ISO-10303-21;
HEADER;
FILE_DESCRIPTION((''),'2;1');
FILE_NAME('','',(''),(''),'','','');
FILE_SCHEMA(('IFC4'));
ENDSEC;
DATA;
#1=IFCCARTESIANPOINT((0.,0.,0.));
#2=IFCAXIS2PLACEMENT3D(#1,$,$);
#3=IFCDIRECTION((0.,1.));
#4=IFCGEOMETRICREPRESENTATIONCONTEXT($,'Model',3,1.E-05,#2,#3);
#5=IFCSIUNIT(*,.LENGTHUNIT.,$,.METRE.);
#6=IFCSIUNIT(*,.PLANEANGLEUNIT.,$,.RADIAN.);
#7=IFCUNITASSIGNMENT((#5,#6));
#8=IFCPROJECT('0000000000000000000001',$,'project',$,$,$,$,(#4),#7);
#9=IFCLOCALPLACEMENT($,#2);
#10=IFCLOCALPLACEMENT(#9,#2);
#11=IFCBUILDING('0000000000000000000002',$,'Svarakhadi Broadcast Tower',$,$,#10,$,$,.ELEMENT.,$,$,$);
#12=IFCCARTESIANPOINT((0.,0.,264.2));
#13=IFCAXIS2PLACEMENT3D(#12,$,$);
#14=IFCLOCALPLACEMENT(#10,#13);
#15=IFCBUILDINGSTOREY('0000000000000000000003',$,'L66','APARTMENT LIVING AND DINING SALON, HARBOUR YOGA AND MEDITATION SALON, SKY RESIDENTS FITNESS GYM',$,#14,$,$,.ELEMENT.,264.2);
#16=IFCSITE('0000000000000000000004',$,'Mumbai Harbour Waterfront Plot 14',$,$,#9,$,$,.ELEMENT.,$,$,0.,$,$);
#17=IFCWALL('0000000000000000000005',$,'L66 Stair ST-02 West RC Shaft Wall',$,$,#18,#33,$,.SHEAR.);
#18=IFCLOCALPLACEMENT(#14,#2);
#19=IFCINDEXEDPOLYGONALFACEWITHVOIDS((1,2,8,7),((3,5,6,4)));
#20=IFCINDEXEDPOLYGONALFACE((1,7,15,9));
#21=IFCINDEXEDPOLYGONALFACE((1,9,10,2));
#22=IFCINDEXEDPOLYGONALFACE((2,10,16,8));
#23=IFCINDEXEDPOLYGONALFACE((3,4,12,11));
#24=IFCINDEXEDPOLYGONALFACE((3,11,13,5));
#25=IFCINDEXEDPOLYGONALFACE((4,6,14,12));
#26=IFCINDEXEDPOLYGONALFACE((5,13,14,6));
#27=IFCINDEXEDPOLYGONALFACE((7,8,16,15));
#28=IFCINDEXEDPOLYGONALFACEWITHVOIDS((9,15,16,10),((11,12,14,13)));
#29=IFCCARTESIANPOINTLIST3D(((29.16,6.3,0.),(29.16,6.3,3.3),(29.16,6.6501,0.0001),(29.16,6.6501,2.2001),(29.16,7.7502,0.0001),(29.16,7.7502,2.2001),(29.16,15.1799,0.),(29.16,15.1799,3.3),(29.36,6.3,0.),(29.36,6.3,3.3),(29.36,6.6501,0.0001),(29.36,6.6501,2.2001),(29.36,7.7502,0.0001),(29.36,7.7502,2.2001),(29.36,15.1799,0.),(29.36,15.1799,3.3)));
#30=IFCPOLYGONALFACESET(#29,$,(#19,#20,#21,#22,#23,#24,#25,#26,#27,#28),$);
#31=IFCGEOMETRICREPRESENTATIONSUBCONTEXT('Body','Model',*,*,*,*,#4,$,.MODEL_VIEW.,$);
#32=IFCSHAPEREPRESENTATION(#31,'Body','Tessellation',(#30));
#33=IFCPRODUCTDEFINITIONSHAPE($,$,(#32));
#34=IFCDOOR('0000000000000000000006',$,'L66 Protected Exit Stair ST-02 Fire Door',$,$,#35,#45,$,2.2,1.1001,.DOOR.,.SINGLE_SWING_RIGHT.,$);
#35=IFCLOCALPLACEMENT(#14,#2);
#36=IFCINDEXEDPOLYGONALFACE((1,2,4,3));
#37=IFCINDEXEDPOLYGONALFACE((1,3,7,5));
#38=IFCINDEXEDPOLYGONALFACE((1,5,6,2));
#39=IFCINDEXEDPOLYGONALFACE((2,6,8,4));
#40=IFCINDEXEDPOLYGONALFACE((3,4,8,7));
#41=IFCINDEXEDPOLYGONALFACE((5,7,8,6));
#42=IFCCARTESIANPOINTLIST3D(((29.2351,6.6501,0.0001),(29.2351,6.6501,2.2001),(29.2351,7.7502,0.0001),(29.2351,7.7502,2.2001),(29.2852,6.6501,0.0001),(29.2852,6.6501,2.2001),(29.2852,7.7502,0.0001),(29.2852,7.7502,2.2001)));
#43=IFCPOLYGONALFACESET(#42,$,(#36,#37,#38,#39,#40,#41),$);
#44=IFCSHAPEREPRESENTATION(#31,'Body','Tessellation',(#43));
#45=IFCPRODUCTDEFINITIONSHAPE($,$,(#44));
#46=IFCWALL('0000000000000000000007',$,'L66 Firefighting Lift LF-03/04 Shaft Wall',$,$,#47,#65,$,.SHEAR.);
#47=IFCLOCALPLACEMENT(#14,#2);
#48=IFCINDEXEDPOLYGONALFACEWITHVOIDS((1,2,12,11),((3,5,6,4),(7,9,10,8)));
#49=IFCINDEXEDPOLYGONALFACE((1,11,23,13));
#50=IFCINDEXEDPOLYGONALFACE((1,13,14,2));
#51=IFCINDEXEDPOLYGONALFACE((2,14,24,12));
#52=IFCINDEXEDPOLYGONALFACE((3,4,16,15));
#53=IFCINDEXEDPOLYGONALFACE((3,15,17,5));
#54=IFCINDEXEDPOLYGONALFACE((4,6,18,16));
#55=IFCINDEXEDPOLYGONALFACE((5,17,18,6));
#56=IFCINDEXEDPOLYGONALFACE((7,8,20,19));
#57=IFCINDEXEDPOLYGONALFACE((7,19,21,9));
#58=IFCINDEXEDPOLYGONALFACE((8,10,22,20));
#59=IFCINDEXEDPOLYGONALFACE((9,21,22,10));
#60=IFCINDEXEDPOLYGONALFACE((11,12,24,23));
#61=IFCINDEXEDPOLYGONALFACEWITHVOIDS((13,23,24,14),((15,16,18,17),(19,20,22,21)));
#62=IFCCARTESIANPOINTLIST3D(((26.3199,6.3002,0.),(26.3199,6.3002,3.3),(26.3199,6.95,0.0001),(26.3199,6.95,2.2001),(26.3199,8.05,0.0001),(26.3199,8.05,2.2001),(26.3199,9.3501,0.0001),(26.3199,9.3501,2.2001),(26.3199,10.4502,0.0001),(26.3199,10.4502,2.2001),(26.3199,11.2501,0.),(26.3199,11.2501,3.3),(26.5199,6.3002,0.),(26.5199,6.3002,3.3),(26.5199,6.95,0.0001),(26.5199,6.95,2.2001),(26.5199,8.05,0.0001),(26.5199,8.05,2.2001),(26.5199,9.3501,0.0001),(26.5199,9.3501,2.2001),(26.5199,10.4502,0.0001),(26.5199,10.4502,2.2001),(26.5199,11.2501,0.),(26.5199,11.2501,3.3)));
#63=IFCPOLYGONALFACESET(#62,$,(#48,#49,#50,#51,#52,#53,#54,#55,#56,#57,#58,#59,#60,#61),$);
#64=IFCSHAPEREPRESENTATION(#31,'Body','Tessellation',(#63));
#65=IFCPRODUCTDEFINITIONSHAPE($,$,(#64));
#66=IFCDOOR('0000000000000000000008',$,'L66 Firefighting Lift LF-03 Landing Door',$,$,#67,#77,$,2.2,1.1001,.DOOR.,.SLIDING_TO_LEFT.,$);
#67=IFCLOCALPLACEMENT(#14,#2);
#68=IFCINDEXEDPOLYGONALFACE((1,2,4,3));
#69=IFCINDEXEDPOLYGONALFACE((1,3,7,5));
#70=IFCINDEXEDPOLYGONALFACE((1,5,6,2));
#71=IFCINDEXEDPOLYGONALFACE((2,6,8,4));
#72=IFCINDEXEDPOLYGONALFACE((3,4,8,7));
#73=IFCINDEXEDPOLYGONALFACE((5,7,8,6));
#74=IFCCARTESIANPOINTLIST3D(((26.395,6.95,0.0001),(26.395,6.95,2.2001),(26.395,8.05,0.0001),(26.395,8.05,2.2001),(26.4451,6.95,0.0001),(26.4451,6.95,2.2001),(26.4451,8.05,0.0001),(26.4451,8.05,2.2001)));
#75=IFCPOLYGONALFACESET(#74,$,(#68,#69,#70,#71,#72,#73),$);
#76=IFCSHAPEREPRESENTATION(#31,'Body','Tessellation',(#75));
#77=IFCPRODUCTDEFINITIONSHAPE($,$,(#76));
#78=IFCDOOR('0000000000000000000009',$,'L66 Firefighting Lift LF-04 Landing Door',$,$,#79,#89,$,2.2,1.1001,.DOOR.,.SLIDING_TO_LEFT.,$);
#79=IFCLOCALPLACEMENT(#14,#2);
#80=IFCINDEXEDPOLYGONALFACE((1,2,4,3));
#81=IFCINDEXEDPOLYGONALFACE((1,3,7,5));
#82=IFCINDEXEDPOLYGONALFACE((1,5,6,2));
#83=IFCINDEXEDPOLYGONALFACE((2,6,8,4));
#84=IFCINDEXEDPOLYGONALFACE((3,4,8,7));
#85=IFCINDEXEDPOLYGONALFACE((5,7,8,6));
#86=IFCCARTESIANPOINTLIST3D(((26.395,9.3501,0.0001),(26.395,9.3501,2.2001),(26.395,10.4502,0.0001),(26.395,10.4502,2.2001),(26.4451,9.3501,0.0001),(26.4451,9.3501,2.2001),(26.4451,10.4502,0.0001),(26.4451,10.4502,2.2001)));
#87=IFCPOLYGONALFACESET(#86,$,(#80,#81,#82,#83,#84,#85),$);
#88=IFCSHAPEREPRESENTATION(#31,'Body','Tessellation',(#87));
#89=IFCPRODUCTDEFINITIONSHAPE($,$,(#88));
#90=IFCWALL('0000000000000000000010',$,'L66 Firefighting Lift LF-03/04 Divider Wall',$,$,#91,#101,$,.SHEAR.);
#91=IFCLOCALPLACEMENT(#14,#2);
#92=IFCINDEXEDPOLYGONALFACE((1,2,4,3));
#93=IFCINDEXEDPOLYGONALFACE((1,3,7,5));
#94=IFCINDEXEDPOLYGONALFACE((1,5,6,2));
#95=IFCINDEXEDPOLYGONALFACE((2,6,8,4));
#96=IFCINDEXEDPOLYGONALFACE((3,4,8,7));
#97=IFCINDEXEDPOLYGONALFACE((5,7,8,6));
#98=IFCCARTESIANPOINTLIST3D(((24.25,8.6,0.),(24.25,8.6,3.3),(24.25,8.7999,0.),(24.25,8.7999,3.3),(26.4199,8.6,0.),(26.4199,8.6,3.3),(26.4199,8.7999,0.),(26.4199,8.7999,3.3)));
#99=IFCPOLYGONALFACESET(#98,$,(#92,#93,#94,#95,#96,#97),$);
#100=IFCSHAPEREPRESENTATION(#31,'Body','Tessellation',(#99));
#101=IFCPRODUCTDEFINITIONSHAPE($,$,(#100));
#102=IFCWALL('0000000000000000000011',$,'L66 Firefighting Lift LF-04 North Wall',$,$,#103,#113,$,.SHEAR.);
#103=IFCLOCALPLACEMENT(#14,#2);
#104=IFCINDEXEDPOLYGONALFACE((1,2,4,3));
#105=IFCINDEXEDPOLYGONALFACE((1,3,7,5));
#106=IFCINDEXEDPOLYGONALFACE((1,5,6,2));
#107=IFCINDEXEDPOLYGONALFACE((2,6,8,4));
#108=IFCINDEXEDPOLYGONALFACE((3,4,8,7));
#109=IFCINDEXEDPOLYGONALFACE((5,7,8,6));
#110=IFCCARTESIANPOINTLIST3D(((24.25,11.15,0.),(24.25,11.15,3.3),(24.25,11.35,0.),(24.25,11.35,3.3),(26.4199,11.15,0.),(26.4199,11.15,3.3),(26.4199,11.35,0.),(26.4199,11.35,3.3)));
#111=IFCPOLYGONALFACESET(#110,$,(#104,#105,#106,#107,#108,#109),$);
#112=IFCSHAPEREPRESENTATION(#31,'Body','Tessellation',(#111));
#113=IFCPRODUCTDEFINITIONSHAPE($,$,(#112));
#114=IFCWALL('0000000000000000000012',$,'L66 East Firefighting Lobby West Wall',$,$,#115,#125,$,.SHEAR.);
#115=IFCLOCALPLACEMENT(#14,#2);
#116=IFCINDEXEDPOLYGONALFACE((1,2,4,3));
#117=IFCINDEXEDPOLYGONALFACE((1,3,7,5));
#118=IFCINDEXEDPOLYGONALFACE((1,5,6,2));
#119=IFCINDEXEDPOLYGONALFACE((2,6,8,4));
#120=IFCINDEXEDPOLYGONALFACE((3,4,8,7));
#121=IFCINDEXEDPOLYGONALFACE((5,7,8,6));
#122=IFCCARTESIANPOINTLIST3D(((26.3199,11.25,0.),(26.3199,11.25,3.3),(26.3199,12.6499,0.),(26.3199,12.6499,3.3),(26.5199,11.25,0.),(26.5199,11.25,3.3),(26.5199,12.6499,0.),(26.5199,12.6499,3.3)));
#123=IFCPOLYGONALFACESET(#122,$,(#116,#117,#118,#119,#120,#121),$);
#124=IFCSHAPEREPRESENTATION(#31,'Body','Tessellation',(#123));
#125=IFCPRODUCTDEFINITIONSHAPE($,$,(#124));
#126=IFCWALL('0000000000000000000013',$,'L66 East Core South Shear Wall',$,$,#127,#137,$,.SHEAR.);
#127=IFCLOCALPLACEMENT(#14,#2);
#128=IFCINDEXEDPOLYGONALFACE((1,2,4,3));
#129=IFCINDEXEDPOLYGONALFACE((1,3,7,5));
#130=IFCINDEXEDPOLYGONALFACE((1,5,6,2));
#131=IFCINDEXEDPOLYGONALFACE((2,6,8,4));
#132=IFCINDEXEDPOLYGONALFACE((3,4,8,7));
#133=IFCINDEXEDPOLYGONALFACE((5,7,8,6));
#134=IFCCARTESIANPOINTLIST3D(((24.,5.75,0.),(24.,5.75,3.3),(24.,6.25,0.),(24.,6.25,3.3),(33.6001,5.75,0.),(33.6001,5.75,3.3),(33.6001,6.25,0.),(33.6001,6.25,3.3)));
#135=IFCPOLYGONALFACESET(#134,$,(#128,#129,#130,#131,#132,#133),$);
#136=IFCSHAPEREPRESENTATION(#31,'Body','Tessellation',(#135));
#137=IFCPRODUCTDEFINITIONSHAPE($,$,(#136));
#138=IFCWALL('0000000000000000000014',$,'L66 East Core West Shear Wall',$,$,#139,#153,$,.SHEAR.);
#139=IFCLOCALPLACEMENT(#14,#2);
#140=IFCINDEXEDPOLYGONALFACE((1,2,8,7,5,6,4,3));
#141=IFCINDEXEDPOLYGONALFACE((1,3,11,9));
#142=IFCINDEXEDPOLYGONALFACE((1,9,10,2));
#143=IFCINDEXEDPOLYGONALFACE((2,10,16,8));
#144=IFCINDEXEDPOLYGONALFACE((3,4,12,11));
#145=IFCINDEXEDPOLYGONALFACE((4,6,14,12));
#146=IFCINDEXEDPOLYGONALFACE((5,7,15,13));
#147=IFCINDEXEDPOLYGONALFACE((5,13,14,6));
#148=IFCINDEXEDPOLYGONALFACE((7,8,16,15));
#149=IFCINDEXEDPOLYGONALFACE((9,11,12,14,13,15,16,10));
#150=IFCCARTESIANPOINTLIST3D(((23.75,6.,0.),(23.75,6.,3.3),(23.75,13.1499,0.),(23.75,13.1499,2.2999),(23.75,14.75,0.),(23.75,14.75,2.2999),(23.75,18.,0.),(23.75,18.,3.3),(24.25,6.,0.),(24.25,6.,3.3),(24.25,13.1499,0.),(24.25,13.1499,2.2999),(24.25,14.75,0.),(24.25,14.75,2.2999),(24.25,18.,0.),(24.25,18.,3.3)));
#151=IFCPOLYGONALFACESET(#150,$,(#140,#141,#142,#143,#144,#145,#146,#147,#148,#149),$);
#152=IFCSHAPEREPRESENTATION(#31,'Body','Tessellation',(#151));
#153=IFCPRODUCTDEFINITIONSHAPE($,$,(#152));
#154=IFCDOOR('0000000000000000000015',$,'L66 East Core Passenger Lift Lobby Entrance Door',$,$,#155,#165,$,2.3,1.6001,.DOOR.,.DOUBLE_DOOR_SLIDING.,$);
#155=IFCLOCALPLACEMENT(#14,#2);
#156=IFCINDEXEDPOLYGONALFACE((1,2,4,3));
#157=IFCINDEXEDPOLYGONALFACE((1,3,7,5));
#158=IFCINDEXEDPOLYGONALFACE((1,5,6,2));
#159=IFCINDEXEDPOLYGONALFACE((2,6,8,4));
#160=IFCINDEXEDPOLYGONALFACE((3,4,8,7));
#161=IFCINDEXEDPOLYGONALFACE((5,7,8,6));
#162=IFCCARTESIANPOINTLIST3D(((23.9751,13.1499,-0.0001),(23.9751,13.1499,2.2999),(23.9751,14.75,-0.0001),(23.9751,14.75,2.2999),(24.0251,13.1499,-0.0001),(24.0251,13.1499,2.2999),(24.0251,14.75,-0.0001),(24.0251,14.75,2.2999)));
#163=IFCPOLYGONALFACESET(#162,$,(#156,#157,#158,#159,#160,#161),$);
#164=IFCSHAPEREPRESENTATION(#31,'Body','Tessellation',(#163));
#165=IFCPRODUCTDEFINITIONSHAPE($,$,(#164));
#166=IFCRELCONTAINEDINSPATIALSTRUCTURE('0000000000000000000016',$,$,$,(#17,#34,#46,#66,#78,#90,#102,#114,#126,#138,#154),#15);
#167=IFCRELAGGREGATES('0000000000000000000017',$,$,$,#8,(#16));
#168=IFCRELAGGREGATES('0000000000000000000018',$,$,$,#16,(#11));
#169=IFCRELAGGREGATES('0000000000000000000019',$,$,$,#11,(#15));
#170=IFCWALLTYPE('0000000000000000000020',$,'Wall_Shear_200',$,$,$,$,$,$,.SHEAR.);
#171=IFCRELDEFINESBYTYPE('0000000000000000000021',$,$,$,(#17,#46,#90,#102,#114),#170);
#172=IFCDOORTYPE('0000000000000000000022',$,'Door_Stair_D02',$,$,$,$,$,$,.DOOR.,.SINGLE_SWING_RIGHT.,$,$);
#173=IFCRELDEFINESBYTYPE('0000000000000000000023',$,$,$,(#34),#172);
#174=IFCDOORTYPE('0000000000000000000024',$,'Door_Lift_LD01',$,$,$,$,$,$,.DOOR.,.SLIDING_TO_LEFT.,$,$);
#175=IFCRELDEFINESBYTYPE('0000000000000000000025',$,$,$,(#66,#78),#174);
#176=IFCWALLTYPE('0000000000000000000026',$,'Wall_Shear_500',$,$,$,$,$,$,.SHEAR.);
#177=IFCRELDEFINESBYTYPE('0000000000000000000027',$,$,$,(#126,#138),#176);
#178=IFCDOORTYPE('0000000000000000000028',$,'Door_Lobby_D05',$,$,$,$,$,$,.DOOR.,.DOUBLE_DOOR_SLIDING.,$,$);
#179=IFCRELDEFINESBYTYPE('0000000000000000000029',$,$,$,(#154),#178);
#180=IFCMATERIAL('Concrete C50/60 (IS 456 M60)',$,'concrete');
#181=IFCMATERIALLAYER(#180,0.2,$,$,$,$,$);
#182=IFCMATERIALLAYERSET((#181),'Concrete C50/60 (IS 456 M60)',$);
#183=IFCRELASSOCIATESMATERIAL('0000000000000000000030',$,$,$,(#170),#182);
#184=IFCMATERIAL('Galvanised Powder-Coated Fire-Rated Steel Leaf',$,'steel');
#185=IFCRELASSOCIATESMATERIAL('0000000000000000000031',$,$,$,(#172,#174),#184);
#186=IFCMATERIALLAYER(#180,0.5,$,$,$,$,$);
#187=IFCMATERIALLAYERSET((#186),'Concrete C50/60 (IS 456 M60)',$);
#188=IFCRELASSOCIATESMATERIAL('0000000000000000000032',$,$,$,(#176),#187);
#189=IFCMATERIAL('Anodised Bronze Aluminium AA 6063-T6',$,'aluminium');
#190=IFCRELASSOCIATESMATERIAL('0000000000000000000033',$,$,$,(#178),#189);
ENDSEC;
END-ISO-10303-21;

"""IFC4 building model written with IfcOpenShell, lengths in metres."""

from ifc_helpers import new_model, si_unit, direction, frame, frame_2d, origin, place, context, subcontext, project, spatial, rectangle, extrude, material, layer, layer_set, type_object, element, fill, save


model = new_model("IFC4")

# Units and contexts
model_context = context("Model", 3, precision=1e-05, world=origin(), true_north=direction((0.0, 1.0)))
body_context = subcontext(model_context, "Body", "Model", "MODEL_VIEW")
ifc_project = project(units=[si_unit("LENGTHUNIT", "METRE"), si_unit("PLANEANGLEUNIT", "RADIAN")], contexts=[model_context])

# Site, building, storey
site_placement = place(None, origin())
site = spatial("IfcSite", under=ifc_project, at=site_placement, Name="Mumbai Harbour Waterfront Plot 14", CompositionType="ELEMENT", RefElevation=0.0)
building_placement = place(site_placement, origin())
building = spatial("IfcBuilding", under=site, at=building_placement, Name="Svarakhadi Broadcast Tower", CompositionType="ELEMENT")
storey_placement = place(building_placement, frame((0.0, 0.0, 264.2)))
storey = spatial("IfcBuildingStorey", under=building, at=storey_placement, Name="L66", Description="APARTMENT LIVING AND DINING SALON, HARBOUR YOGA AND MEDITATION SALON, SKY RESIDENTS FITNESS GYM", CompositionType="ELEMENT", Elevation=264.2)

# Shared definitions
ifc_material_1 = material(Name="Concrete C50/60 (IS 456 M60)", Category="concrete")

# Shared definitions
ifc_material_2 = material(Name="Anodised Bronze Aluminium AA 6063-T6", Category="aluminium")

# Wall, opening, door
ifc_layer_1 = layer(ifc_material_1, 0.2)
ifc_layer_set_1 = layer_set([ifc_layer_1], Name="Concrete C50/60 (IS 456 M60)")
wall_type_1 = type_object("IfcWallType", Name="Wall_Shear_200", PredefinedType="SHEAR", material=ifc_layer_set_1)
wall_1_placement = place(storey_placement, frame((29.26, 6.3, 0.0), z_axis=(0.0, 0.0, 1.0), x_axis=(0.0, 1.0, 0.0)))
wall_1 = element("IfcWall", 1, at=wall_1_placement, inside=storey, type_object=wall_type_1, Name="L66 Stair ST-02 West RC Shaft Wall", PredefinedType="SHEAR", context=body_context, shape_type="SweptSolid", body=[
    extrude(rectangle(XDim=8.8799, YDim=0.2, at=frame_2d((4.4399, 0.0))), origin(), (0.0, 0.0, 1.0), 3.3),
])
opening_1_placement = place(wall_1_placement, frame((0.3501, 0.0, 0.0)))
opening_1 = element("IfcOpeningElement", 2, at=opening_1_placement, cuts=wall_1, PredefinedType="OPENING", context=body_context, shape_type="SweptSolid", body=[
    extrude(rectangle(XDim=1.1001, YDim=2.2, at=frame_2d((0.55, 1.1001))), frame((0.0, 0.1099, 0.0), z_axis=(0.0, -1.0, 0.0), x_axis=(1.0, 0.0, 0.0)), (0.0, 0.0, 1.0), 0.22),
])
ifc_material_3 = material(Name="Galvanised Powder-Coated Fire-Rated Steel Leaf", Category="steel")
door_type_1 = type_object("IfcDoorType", Name="Door_Stair_D02", OperationType="SINGLE_SWING_RIGHT", PredefinedType="DOOR", material=ifc_material_3)
door_1_placement = place(opening_1_placement, origin())
door_1 = element("IfcDoor", 3, at=door_1_placement, inside=storey, type_object=door_type_1, Name="L66 Protected Exit Stair ST-02 Fire Door", OperationType="SINGLE_SWING_RIGHT", OverallHeight=2.2, OverallWidth=1.1001, PredefinedType="DOOR", context=body_context, shape_type="SweptSolid", body=[
    extrude(rectangle(XDim=1.1001, YDim=2.2, at=frame_2d((0.55, 1.1001))), frame((0.0, 0.0249, 0.0), z_axis=(0.0, -1.0, 0.0), x_axis=(1.0, 0.0, 0.0)), (0.0, 0.0, 1.0), 0.05),
])
fill(opening_1, door_1)

# Wall, openings, doors
wall_2_placement = place(storey_placement, frame((26.4199, 6.3, 0.0), z_axis=(0.0, 0.0, 1.0), x_axis=(0.0, 1.0, 0.0)))
wall_2 = element("IfcWall", 4, at=wall_2_placement, inside=storey, type_object=wall_type_1, Name="L66 Firefighting Lift LF-03/04 Shaft Wall", PredefinedType="SHEAR", context=body_context, shape_type="SweptSolid", body=[
    extrude(rectangle(XDim=4.95, YDim=0.2, at=frame_2d((2.4751, 0.0))), origin(), (0.0, 0.0, 1.0), 3.3),
])
opening_2_placement = place(wall_2_placement, frame((0.6499, 0.0, 0.0)))
opening_2 = element("IfcOpeningElement", 5, at=opening_2_placement, cuts=wall_2, PredefinedType="OPENING", context=body_context, shape_type="SweptSolid", body=[
    extrude(rectangle(XDim=1.1001, YDim=2.2, at=frame_2d((0.55, 1.1001))), frame((0.0, 0.1099, 0.0), z_axis=(0.0, -1.0, 0.0), x_axis=(1.0, 0.0, 0.0)), (0.0, 0.0, 1.0), 0.22),
])
opening_3_placement = place(wall_2_placement, frame((3.05, 0.0, 0.0)))
opening_3 = element("IfcOpeningElement", 6, at=opening_3_placement, cuts=wall_2, PredefinedType="OPENING", context=body_context, shape_type="SweptSolid", body=[
    extrude(rectangle(XDim=1.1001, YDim=2.2, at=frame_2d((0.55, 1.1001))), frame((0.0, 0.1099, 0.0), z_axis=(0.0, -1.0, 0.0), x_axis=(1.0, 0.0, 0.0)), (0.0, 0.0, 1.0), 0.22),
])
door_type_2 = type_object("IfcDoorType", Name="Door_Lift_LD01", OperationType="SLIDING_TO_LEFT", PredefinedType="DOOR", material=ifc_material_3)
door_2_placement = place(opening_2_placement, origin())
door_2 = element("IfcDoor", 7, at=door_2_placement, inside=storey, type_object=door_type_2, Name="L66 Firefighting Lift LF-03 Landing Door", OperationType="SLIDING_TO_LEFT", OverallHeight=2.2, OverallWidth=1.1001, PredefinedType="DOOR", context=body_context, shape_type="SweptSolid", body=[
    extrude(rectangle(XDim=1.1001, YDim=2.2, at=frame_2d((0.55, 1.1001))), frame((0.0, 0.0249, 0.0), z_axis=(0.0, -1.0, 0.0), x_axis=(1.0, 0.0, 0.0)), (0.0, 0.0, 1.0), 0.05),
])
fill(opening_2, door_2)
door_3_placement = place(opening_3_placement, origin())
door_3 = element("IfcDoor", 8, at=door_3_placement, inside=storey, type_object=door_type_2, Name="L66 Firefighting Lift LF-04 Landing Door", OperationType="SLIDING_TO_LEFT", OverallHeight=2.2, OverallWidth=1.1001, PredefinedType="DOOR", context=body_context, shape_type="SweptSolid", body=[
    extrude(rectangle(XDim=1.1001, YDim=2.2, at=frame_2d((0.55, 1.1001))), frame((0.0, 0.0249, 0.0), z_axis=(0.0, -1.0, 0.0), x_axis=(1.0, 0.0, 0.0)), (0.0, 0.0, 1.0), 0.05),
])
fill(opening_3, door_3)

# Walls
for number, where, z_axis, x_axis, name in (
    (9, (24.25, 8.7, 0.0), (0.0, 0.0, 1.0), (1.0, 0.0, 0.0), "L66 Firefighting Lift LF-03/04 Divider Wall"),
    (10, (24.25, 11.25, 0.0), (0.0, 0.0, 1.0), (1.0, 0.0, 0.0), "L66 Firefighting Lift LF-04 North Wall"),
):
    element("IfcWall", number, at=place(storey_placement, frame(where, z_axis=z_axis, x_axis=x_axis)), inside=storey, type_object=wall_type_1, Name=name, PredefinedType="SHEAR", context=body_context, shape_type="SweptSolid", body=[
        extrude(rectangle(XDim=2.1699, YDim=0.2, at=frame_2d((1.085, 0.0))), origin(), (0.0, 0.0, 1.0), 3.3),
    ])
wall_3_placement = place(storey_placement, frame((26.4199, 11.25, 0.0), z_axis=(0.0, 0.0, 1.0), x_axis=(0.0, 1.0, 0.0)))
element("IfcWall", 11, at=wall_3_placement, inside=storey, type_object=wall_type_1, Name="L66 East Firefighting Lobby West Wall", PredefinedType="SHEAR", context=body_context, shape_type="SweptSolid", body=[
    extrude(rectangle(XDim=1.3999, YDim=0.2, at=frame_2d((0.7, 0.0))), origin(), (0.0, 0.0, 1.0), 3.3),
])
ifc_layer_2 = layer(ifc_material_1, 0.5)
ifc_layer_set_2 = layer_set([ifc_layer_2], Name="Concrete C50/60 (IS 456 M60)")
wall_type_2 = type_object("IfcWallType", Name="Wall_Shear_500", PredefinedType="SHEAR", material=ifc_layer_set_2)
wall_4_placement = place(storey_placement, frame((24.0, 6.0, 0.0), z_axis=(0.0, 0.0, 1.0), x_axis=(1.0, 0.0, 0.0)))
element("IfcWall", 12, at=wall_4_placement, inside=storey, type_object=wall_type_2, Name="L66 East Core South Shear Wall", PredefinedType="SHEAR", context=body_context, shape_type="SweptSolid", body=[
    extrude(rectangle(XDim=9.6001, YDim=0.5, at=frame_2d((4.8, 0.0))), origin(), (0.0, 0.0, 1.0), 3.3),
])

# Wall, opening, door
wall_5_placement = place(storey_placement, frame((24.0, 6.0, 0.0), z_axis=(0.0, 0.0, 1.0), x_axis=(0.0, 1.0, 0.0)))
wall_5 = element("IfcWall", 13, at=wall_5_placement, inside=storey, type_object=wall_type_2, Name="L66 East Core West Shear Wall", PredefinedType="SHEAR", context=body_context, shape_type="SweptSolid", body=[
    extrude(rectangle(XDim=12.0, YDim=0.5, at=frame_2d((6.0, 0.0))), origin(), (0.0, 0.0, 1.0), 3.3),
])
opening_4_placement = place(wall_5_placement, frame((7.1499, 0.0, 0.0)))
opening_4 = element("IfcOpeningElement", 14, at=opening_4_placement, cuts=wall_5, PredefinedType="OPENING", context=body_context, shape_type="SweptSolid", body=[
    extrude(rectangle(XDim=1.6001, YDim=2.3, at=frame_2d((0.8, 1.1499))), frame((0.0, 0.26, 0.0), z_axis=(0.0, -1.0, 0.0), x_axis=(1.0, 0.0, 0.0)), (0.0, 0.0, 1.0), 0.52),
])
door_type_3 = type_object("IfcDoorType", Name="Door_Lobby_D05", OperationType="DOUBLE_DOOR_SLIDING", PredefinedType="DOOR", material=ifc_material_2)
door_4_placement = place(opening_4_placement, origin())
door_4 = element("IfcDoor", 15, at=door_4_placement, inside=storey, type_object=door_type_3, Name="L66 East Core Passenger Lift Lobby Entrance Door", OperationType="DOUBLE_DOOR_SLIDING", OverallHeight=2.3, OverallWidth=1.6001, PredefinedType="DOOR", context=body_context, shape_type="SweptSolid", body=[
    extrude(rectangle(XDim=1.6001, YDim=2.3, at=frame_2d((0.8, 1.1499))), frame((0.0, 0.0249, 0.0), z_axis=(0.0, -1.0, 0.0), x_axis=(1.0, 0.0, 0.0)), (0.0, 0.0, 1.0), 0.05),
])
fill(opening_4, door_4)

save(model, "model.ifc")
